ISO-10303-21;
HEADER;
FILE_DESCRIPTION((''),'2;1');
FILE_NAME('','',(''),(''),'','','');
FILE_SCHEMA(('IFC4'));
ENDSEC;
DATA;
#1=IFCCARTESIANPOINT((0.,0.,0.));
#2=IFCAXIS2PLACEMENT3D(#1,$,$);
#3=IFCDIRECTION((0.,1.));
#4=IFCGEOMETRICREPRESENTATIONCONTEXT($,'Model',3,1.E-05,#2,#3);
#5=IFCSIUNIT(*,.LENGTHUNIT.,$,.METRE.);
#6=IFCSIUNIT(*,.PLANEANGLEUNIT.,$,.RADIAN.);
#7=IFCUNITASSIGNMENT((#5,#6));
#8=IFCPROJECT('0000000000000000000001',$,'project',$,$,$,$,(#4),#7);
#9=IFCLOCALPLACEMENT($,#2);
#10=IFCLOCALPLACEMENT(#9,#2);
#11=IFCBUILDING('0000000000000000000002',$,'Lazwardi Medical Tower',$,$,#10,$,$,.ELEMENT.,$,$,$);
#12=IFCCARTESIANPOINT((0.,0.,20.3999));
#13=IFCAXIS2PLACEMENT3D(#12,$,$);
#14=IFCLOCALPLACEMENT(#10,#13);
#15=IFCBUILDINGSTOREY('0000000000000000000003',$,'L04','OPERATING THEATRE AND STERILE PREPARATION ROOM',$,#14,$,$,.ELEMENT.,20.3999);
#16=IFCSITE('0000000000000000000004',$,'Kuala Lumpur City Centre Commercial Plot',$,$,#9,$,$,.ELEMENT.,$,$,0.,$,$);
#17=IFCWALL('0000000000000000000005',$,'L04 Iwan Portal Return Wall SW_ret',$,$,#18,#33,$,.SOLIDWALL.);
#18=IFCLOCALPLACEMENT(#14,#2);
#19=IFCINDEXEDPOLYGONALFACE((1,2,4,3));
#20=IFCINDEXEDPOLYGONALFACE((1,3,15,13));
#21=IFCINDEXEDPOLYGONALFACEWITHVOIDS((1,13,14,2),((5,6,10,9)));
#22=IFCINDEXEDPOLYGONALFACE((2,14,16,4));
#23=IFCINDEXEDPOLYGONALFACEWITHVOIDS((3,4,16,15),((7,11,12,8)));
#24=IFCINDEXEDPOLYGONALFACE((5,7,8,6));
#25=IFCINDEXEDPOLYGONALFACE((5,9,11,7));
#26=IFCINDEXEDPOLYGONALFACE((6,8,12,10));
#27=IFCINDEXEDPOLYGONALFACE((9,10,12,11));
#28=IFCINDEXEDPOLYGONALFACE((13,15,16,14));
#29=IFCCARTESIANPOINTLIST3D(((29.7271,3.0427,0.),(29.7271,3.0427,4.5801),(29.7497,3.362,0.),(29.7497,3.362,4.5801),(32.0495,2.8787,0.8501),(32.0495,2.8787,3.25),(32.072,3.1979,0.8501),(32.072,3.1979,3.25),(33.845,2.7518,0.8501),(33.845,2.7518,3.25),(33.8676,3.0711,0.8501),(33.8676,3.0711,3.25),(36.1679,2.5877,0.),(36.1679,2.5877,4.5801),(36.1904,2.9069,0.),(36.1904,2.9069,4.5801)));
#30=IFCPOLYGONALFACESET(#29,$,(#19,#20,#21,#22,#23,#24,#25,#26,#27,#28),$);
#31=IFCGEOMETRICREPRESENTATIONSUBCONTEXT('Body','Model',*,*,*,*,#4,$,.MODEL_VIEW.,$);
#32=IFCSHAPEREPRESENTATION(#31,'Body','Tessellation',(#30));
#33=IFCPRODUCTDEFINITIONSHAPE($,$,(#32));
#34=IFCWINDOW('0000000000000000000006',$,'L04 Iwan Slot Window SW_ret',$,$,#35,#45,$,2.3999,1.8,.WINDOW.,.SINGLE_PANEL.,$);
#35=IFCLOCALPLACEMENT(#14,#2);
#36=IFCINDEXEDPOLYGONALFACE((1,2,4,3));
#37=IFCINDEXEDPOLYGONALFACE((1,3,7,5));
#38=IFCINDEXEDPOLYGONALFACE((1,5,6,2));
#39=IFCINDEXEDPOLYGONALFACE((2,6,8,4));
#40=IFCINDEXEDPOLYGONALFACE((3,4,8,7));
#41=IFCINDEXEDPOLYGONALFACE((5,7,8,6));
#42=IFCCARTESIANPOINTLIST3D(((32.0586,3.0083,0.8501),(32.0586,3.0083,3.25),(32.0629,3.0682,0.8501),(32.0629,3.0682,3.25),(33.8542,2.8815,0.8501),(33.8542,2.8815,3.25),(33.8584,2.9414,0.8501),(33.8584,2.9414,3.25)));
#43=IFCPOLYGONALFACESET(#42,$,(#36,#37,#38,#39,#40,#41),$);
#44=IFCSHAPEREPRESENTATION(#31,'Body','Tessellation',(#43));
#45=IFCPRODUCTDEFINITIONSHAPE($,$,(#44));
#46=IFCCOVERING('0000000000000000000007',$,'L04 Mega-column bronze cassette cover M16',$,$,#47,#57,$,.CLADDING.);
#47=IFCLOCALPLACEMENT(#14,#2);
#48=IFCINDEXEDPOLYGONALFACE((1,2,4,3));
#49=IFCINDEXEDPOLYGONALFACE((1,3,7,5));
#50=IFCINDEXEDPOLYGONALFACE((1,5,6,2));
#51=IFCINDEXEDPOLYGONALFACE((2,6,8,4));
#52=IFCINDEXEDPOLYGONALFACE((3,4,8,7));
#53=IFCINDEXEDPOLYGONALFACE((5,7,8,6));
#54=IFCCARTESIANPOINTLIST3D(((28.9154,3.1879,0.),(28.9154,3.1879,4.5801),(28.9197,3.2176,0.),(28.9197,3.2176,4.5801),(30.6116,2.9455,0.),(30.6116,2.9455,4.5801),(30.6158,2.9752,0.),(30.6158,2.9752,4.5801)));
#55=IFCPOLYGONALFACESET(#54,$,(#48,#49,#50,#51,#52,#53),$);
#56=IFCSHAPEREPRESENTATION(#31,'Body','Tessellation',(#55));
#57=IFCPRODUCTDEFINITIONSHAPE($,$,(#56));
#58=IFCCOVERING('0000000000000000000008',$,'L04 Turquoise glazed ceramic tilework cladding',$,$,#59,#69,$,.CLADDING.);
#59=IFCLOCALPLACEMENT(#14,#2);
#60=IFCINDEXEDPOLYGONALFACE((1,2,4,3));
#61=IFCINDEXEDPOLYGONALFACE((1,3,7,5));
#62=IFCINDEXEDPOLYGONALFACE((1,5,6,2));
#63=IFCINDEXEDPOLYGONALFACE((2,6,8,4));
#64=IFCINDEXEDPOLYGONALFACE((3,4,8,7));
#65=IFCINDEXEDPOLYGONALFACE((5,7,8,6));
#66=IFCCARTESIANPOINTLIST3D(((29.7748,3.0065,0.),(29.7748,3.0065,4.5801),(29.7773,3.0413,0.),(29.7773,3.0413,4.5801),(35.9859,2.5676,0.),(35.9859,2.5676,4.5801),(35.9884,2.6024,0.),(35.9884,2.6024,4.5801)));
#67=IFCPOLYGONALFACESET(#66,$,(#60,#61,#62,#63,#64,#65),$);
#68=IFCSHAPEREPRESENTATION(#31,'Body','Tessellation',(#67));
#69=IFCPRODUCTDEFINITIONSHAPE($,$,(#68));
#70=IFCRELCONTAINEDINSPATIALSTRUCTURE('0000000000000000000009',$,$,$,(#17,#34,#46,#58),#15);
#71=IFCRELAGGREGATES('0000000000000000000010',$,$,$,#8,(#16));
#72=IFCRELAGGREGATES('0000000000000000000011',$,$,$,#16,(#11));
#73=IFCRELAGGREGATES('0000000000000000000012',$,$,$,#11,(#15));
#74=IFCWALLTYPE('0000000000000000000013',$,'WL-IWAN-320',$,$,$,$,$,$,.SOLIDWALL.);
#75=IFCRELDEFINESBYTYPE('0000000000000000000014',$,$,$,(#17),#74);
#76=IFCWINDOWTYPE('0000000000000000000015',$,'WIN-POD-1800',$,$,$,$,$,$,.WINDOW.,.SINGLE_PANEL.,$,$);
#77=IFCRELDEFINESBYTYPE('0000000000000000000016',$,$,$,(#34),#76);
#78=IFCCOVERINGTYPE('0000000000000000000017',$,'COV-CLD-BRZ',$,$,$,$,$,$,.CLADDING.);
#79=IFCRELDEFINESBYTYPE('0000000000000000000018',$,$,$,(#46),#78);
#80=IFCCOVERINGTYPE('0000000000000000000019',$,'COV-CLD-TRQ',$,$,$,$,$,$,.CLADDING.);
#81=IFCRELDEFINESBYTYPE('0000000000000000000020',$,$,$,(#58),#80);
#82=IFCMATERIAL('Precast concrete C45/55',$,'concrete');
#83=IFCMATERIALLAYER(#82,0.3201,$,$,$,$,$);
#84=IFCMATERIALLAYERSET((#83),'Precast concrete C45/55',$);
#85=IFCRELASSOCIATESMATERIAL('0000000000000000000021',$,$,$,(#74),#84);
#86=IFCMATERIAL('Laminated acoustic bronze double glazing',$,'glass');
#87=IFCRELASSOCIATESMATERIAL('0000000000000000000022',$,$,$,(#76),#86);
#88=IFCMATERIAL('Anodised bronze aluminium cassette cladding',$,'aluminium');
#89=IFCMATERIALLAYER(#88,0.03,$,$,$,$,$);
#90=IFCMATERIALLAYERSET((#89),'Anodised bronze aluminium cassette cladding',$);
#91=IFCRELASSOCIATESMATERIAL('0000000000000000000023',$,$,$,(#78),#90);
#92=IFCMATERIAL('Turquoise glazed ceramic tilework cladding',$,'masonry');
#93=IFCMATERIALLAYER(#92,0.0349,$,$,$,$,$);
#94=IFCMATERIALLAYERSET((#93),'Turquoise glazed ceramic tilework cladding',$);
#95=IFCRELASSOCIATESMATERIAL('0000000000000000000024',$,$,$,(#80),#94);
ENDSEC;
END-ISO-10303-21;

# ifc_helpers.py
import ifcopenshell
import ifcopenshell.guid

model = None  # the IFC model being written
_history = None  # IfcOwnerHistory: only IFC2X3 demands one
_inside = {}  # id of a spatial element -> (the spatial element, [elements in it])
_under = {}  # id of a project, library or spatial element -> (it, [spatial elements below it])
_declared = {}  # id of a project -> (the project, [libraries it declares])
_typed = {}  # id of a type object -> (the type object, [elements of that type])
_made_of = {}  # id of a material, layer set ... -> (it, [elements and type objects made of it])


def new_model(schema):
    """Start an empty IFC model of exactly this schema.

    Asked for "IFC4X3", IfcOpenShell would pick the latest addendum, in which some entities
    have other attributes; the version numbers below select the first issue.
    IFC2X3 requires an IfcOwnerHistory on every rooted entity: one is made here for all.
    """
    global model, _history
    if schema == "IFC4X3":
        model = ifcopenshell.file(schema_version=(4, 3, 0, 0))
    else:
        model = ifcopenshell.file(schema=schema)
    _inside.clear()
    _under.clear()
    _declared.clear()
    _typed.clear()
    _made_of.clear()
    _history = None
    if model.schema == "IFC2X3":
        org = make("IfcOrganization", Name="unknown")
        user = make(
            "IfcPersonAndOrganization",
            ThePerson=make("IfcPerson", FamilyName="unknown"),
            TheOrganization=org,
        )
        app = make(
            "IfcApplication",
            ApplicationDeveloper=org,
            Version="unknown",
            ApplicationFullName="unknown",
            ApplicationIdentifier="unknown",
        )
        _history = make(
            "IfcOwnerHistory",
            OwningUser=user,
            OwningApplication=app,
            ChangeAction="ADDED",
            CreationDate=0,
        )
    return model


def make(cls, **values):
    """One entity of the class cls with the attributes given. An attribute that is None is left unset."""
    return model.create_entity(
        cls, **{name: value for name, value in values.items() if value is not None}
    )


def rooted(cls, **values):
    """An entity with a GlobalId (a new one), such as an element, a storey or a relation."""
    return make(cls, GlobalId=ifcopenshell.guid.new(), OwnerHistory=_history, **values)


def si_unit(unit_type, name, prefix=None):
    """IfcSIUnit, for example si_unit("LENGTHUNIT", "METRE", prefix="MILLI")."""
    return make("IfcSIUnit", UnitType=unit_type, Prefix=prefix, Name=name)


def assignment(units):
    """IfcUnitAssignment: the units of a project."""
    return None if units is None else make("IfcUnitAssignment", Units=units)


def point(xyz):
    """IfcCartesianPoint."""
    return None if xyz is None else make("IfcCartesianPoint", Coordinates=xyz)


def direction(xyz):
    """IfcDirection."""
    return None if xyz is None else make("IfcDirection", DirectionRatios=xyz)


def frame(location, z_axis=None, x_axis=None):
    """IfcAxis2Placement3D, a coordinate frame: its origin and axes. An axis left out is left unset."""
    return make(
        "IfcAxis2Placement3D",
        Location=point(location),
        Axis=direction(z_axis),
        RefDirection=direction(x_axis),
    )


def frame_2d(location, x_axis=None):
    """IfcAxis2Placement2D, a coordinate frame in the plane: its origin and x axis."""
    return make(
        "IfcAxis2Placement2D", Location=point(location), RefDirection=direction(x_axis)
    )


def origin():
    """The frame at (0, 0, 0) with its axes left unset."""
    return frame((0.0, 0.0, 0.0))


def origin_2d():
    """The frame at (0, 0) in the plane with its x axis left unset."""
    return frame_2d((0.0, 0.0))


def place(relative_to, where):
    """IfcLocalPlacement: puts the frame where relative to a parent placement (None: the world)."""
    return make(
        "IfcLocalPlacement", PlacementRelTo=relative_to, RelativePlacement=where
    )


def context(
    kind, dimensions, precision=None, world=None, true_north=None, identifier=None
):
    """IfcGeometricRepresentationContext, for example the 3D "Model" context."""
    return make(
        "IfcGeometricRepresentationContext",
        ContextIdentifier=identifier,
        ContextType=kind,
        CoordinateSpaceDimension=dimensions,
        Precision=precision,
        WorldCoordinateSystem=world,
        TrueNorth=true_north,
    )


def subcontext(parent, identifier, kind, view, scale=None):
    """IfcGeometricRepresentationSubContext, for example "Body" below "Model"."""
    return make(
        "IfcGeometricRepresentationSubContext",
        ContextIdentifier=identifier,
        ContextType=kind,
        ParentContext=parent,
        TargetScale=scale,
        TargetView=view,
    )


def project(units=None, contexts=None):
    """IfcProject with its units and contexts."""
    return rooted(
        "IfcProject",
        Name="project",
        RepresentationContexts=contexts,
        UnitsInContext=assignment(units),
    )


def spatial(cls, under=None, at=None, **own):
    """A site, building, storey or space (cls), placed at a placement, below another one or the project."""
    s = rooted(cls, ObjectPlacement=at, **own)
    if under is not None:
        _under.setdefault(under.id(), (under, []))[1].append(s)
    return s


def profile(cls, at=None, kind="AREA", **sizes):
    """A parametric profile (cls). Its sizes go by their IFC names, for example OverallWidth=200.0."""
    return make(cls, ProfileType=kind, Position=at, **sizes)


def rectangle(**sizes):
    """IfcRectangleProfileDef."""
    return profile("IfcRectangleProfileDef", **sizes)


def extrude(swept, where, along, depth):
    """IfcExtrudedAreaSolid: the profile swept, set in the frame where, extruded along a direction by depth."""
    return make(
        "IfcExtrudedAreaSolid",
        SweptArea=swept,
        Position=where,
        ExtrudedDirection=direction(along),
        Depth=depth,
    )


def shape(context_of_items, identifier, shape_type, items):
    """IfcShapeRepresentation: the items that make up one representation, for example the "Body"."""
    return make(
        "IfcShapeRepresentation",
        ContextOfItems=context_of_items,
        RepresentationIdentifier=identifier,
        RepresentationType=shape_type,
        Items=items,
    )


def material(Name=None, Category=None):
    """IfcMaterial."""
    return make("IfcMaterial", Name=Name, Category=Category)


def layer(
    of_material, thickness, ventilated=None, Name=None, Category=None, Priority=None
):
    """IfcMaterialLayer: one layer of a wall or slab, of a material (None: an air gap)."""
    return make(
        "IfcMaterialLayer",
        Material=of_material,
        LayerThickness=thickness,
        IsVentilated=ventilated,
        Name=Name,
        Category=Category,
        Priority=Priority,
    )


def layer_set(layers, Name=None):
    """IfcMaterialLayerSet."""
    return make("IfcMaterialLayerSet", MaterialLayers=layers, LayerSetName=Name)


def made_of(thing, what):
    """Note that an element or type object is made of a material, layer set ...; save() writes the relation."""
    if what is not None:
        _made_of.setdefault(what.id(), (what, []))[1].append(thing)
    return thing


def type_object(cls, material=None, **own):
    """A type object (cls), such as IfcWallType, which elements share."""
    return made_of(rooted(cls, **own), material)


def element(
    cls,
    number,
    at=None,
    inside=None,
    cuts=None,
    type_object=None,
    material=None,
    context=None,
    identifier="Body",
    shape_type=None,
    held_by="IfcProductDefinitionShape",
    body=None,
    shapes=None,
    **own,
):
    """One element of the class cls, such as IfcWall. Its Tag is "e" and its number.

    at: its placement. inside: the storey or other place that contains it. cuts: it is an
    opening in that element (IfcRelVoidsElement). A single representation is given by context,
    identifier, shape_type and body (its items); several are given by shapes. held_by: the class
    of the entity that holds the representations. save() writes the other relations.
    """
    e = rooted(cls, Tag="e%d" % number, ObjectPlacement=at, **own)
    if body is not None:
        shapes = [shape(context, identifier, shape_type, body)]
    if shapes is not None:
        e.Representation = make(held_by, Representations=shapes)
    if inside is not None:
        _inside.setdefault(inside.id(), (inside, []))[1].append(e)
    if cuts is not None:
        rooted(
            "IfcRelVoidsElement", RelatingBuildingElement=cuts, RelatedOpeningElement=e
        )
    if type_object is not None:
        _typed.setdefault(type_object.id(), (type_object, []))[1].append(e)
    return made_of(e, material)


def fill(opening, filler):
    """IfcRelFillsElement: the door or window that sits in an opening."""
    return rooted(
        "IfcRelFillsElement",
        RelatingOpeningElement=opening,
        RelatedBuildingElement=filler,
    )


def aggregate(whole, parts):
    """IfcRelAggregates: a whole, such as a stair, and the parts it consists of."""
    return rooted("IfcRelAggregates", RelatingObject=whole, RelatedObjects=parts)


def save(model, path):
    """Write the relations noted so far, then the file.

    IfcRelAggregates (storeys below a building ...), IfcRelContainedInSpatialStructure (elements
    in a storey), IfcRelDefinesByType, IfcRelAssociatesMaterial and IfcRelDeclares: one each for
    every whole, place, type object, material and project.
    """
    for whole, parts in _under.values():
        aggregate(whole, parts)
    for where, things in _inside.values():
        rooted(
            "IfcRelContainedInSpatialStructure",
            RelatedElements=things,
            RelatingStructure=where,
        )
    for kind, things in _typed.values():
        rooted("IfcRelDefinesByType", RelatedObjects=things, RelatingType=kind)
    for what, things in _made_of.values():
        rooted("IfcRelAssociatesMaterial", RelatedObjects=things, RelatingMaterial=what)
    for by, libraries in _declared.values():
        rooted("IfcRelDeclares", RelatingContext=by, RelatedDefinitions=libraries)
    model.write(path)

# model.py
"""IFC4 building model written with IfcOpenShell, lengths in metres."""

from ifc_helpers import new_model, si_unit, direction, frame, frame_2d, origin, origin_2d, place, context, subcontext, project, spatial, rectangle, extrude, material, layer, layer_set, type_object, element, fill, save


model = new_model("IFC4")

# Units and contexts
model_context = context("Model", 3, precision=1e-05, world=origin(), true_north=direction((0.0, 1.0)))
body_context = subcontext(model_context, "Body", "Model", "MODEL_VIEW")
ifc_project = project(units=[si_unit("LENGTHUNIT", "METRE"), si_unit("PLANEANGLEUNIT", "RADIAN")], contexts=[model_context])

# Site, building, storey
site_placement = place(None, origin())
site = spatial("IfcSite", under=ifc_project, at=site_placement, Name="Kuala Lumpur City Centre Commercial Plot", CompositionType="ELEMENT", RefElevation=0.0)
building_placement = place(site_placement, origin())
building = spatial("IfcBuilding", under=site, at=building_placement, Name="Lazwardi Medical Tower", CompositionType="ELEMENT")
storey_placement = place(building_placement, frame((0.0, 0.0, 20.3999)))
storey = spatial("IfcBuildingStorey", under=building, at=storey_placement, Name="L04", Description="OPERATING THEATRE AND STERILE PREPARATION ROOM", CompositionType="ELEMENT", Elevation=20.3999)

# Shared definitions
ifc_material_1 = material(Name="Laminated acoustic bronze double glazing", Category="glass")

# Wall, opening, window
ifc_material_2 = material(Name="Precast concrete C45/55", Category="concrete")
ifc_layer_1 = layer(ifc_material_2, 0.3201)
ifc_layer_set_1 = layer_set([ifc_layer_1], Name="Precast concrete C45/55")
wall_type = type_object("IfcWallType", Name="WL-IWAN-320", PredefinedType="SOLIDWALL", material=ifc_layer_set_1)
window_type = type_object("IfcWindowType", Name="WIN-POD-1800", PartitioningType="SINGLE_PANEL", PredefinedType="WINDOW", material=ifc_material_1)
wall_1_placement = place(storey_placement, frame((29.7383, 3.2024, 0.0), z_axis=(0.0, 0.0, 1.0), x_axis=(0.997513, -0.070481, 0.0)))
wall_1 = element("IfcWall", 1, at=wall_1_placement, inside=storey, type_object=wall_type, Name="L04 Iwan Portal Return Wall SW_ret", PredefinedType="SOLIDWALL", context=body_context, shape_type="SweptSolid", body=[
    extrude(rectangle(XDim=6.4568, YDim=0.3201, at=frame_2d((3.2285, 0.0))), origin(), (0.0, 0.0, 1.0), 4.5801),
])
opening_1_placement = place(wall_1_placement, frame((2.3284, 0.0, 0.8501)))
opening_1 = element("IfcOpeningElement", 2, at=opening_1_placement, cuts=wall_1, PredefinedType="OPENING", context=body_context, shape_type="SweptSolid", body=[
    extrude(rectangle(XDim=1.8, YDim=2.3999, at=frame_2d((0.8999, 1.2))), frame((0.0, 0.1699, 0.0), z_axis=(0.0, -1.0, 0.0), x_axis=(1.0, 0.0, 0.0)), (0.0, 0.0, 1.0), 0.3401),
])
window_1_placement = place(opening_1_placement, origin())
window_1 = element("IfcWindow", 3, at=window_1_placement, inside=storey, type_object=window_type, Name="L04 Iwan Slot Window SW_ret", OverallHeight=2.3999, OverallWidth=1.8, PartitioningType="SINGLE_PANEL", PredefinedType="WINDOW", context=body_context, shape_type="SweptSolid", body=[
    extrude(rectangle(XDim=1.8, YDim=2.3999, at=frame_2d((0.8999, 1.2))), frame((0.0, 0.03, 0.0), z_axis=(0.0, -1.0, 0.0), x_axis=(1.0, 0.0, 0.0)), (0.0, 0.0, 1.0), 0.0601),
])
fill(opening_1, window_1)

# Coverings
ifc_material_3 = material(Name="Anodised bronze aluminium cassette cladding", Category="aluminium")
ifc_layer_2 = layer(ifc_material_3, 0.03)
ifc_layer_set_2 = layer_set([ifc_layer_2], Name="Anodised bronze aluminium cassette cladding")
covering_type_1 = type_object("IfcCoveringType", Name="COV-CLD-BRZ", PredefinedType="CLADDING", material=ifc_layer_set_2)
covering_1_placement = place(storey_placement, frame((29.7656, 3.0815, 0.0), z_axis=(0.0, 0.0, 1.0), x_axis=(0.989943, -0.14147, 0.0)))
element("IfcCovering", 4, at=covering_1_placement, inside=storey, type_object=covering_type_1, Name="L04 Mega-column bronze cassette cover M16", PredefinedType="CLADDING", context=body_context, shape_type="SweptSolid", body=[
    extrude(rectangle(XDim=1.7134, YDim=0.03, at=origin_2d()), origin(), (0.0, 0.0, 1.0), 4.5801),
])
ifc_material_4 = material(Name="Turquoise glazed ceramic tilework cladding", Category="masonry")
ifc_layer_3 = layer(ifc_material_4, 0.0349)
ifc_layer_set_3 = layer_set([ifc_layer_3], Name="Turquoise glazed ceramic tilework cladding")
covering_type_2 = type_object("IfcCoveringType", Name="COV-CLD-TRQ", PredefinedType="CLADDING", material=ifc_layer_set_3)
covering_2_placement = place(storey_placement, frame((32.8816, 2.8044, 0.0), z_axis=(0.0, 0.0, 1.0), x_axis=(0.997513, -0.070488, 0.0)))
element("IfcCovering", 5, at=covering_2_placement, inside=storey, type_object=covering_type_2, Name="L04 Turquoise glazed ceramic tilework cladding", PredefinedType="CLADDING", context=body_context, shape_type="SweptSolid", body=[
    extrude(rectangle(XDim=6.2266, YDim=0.0349, at=origin_2d()), origin(), (0.0, 0.0, 1.0), 4.5801),
])

save(model, "model.ifc")
